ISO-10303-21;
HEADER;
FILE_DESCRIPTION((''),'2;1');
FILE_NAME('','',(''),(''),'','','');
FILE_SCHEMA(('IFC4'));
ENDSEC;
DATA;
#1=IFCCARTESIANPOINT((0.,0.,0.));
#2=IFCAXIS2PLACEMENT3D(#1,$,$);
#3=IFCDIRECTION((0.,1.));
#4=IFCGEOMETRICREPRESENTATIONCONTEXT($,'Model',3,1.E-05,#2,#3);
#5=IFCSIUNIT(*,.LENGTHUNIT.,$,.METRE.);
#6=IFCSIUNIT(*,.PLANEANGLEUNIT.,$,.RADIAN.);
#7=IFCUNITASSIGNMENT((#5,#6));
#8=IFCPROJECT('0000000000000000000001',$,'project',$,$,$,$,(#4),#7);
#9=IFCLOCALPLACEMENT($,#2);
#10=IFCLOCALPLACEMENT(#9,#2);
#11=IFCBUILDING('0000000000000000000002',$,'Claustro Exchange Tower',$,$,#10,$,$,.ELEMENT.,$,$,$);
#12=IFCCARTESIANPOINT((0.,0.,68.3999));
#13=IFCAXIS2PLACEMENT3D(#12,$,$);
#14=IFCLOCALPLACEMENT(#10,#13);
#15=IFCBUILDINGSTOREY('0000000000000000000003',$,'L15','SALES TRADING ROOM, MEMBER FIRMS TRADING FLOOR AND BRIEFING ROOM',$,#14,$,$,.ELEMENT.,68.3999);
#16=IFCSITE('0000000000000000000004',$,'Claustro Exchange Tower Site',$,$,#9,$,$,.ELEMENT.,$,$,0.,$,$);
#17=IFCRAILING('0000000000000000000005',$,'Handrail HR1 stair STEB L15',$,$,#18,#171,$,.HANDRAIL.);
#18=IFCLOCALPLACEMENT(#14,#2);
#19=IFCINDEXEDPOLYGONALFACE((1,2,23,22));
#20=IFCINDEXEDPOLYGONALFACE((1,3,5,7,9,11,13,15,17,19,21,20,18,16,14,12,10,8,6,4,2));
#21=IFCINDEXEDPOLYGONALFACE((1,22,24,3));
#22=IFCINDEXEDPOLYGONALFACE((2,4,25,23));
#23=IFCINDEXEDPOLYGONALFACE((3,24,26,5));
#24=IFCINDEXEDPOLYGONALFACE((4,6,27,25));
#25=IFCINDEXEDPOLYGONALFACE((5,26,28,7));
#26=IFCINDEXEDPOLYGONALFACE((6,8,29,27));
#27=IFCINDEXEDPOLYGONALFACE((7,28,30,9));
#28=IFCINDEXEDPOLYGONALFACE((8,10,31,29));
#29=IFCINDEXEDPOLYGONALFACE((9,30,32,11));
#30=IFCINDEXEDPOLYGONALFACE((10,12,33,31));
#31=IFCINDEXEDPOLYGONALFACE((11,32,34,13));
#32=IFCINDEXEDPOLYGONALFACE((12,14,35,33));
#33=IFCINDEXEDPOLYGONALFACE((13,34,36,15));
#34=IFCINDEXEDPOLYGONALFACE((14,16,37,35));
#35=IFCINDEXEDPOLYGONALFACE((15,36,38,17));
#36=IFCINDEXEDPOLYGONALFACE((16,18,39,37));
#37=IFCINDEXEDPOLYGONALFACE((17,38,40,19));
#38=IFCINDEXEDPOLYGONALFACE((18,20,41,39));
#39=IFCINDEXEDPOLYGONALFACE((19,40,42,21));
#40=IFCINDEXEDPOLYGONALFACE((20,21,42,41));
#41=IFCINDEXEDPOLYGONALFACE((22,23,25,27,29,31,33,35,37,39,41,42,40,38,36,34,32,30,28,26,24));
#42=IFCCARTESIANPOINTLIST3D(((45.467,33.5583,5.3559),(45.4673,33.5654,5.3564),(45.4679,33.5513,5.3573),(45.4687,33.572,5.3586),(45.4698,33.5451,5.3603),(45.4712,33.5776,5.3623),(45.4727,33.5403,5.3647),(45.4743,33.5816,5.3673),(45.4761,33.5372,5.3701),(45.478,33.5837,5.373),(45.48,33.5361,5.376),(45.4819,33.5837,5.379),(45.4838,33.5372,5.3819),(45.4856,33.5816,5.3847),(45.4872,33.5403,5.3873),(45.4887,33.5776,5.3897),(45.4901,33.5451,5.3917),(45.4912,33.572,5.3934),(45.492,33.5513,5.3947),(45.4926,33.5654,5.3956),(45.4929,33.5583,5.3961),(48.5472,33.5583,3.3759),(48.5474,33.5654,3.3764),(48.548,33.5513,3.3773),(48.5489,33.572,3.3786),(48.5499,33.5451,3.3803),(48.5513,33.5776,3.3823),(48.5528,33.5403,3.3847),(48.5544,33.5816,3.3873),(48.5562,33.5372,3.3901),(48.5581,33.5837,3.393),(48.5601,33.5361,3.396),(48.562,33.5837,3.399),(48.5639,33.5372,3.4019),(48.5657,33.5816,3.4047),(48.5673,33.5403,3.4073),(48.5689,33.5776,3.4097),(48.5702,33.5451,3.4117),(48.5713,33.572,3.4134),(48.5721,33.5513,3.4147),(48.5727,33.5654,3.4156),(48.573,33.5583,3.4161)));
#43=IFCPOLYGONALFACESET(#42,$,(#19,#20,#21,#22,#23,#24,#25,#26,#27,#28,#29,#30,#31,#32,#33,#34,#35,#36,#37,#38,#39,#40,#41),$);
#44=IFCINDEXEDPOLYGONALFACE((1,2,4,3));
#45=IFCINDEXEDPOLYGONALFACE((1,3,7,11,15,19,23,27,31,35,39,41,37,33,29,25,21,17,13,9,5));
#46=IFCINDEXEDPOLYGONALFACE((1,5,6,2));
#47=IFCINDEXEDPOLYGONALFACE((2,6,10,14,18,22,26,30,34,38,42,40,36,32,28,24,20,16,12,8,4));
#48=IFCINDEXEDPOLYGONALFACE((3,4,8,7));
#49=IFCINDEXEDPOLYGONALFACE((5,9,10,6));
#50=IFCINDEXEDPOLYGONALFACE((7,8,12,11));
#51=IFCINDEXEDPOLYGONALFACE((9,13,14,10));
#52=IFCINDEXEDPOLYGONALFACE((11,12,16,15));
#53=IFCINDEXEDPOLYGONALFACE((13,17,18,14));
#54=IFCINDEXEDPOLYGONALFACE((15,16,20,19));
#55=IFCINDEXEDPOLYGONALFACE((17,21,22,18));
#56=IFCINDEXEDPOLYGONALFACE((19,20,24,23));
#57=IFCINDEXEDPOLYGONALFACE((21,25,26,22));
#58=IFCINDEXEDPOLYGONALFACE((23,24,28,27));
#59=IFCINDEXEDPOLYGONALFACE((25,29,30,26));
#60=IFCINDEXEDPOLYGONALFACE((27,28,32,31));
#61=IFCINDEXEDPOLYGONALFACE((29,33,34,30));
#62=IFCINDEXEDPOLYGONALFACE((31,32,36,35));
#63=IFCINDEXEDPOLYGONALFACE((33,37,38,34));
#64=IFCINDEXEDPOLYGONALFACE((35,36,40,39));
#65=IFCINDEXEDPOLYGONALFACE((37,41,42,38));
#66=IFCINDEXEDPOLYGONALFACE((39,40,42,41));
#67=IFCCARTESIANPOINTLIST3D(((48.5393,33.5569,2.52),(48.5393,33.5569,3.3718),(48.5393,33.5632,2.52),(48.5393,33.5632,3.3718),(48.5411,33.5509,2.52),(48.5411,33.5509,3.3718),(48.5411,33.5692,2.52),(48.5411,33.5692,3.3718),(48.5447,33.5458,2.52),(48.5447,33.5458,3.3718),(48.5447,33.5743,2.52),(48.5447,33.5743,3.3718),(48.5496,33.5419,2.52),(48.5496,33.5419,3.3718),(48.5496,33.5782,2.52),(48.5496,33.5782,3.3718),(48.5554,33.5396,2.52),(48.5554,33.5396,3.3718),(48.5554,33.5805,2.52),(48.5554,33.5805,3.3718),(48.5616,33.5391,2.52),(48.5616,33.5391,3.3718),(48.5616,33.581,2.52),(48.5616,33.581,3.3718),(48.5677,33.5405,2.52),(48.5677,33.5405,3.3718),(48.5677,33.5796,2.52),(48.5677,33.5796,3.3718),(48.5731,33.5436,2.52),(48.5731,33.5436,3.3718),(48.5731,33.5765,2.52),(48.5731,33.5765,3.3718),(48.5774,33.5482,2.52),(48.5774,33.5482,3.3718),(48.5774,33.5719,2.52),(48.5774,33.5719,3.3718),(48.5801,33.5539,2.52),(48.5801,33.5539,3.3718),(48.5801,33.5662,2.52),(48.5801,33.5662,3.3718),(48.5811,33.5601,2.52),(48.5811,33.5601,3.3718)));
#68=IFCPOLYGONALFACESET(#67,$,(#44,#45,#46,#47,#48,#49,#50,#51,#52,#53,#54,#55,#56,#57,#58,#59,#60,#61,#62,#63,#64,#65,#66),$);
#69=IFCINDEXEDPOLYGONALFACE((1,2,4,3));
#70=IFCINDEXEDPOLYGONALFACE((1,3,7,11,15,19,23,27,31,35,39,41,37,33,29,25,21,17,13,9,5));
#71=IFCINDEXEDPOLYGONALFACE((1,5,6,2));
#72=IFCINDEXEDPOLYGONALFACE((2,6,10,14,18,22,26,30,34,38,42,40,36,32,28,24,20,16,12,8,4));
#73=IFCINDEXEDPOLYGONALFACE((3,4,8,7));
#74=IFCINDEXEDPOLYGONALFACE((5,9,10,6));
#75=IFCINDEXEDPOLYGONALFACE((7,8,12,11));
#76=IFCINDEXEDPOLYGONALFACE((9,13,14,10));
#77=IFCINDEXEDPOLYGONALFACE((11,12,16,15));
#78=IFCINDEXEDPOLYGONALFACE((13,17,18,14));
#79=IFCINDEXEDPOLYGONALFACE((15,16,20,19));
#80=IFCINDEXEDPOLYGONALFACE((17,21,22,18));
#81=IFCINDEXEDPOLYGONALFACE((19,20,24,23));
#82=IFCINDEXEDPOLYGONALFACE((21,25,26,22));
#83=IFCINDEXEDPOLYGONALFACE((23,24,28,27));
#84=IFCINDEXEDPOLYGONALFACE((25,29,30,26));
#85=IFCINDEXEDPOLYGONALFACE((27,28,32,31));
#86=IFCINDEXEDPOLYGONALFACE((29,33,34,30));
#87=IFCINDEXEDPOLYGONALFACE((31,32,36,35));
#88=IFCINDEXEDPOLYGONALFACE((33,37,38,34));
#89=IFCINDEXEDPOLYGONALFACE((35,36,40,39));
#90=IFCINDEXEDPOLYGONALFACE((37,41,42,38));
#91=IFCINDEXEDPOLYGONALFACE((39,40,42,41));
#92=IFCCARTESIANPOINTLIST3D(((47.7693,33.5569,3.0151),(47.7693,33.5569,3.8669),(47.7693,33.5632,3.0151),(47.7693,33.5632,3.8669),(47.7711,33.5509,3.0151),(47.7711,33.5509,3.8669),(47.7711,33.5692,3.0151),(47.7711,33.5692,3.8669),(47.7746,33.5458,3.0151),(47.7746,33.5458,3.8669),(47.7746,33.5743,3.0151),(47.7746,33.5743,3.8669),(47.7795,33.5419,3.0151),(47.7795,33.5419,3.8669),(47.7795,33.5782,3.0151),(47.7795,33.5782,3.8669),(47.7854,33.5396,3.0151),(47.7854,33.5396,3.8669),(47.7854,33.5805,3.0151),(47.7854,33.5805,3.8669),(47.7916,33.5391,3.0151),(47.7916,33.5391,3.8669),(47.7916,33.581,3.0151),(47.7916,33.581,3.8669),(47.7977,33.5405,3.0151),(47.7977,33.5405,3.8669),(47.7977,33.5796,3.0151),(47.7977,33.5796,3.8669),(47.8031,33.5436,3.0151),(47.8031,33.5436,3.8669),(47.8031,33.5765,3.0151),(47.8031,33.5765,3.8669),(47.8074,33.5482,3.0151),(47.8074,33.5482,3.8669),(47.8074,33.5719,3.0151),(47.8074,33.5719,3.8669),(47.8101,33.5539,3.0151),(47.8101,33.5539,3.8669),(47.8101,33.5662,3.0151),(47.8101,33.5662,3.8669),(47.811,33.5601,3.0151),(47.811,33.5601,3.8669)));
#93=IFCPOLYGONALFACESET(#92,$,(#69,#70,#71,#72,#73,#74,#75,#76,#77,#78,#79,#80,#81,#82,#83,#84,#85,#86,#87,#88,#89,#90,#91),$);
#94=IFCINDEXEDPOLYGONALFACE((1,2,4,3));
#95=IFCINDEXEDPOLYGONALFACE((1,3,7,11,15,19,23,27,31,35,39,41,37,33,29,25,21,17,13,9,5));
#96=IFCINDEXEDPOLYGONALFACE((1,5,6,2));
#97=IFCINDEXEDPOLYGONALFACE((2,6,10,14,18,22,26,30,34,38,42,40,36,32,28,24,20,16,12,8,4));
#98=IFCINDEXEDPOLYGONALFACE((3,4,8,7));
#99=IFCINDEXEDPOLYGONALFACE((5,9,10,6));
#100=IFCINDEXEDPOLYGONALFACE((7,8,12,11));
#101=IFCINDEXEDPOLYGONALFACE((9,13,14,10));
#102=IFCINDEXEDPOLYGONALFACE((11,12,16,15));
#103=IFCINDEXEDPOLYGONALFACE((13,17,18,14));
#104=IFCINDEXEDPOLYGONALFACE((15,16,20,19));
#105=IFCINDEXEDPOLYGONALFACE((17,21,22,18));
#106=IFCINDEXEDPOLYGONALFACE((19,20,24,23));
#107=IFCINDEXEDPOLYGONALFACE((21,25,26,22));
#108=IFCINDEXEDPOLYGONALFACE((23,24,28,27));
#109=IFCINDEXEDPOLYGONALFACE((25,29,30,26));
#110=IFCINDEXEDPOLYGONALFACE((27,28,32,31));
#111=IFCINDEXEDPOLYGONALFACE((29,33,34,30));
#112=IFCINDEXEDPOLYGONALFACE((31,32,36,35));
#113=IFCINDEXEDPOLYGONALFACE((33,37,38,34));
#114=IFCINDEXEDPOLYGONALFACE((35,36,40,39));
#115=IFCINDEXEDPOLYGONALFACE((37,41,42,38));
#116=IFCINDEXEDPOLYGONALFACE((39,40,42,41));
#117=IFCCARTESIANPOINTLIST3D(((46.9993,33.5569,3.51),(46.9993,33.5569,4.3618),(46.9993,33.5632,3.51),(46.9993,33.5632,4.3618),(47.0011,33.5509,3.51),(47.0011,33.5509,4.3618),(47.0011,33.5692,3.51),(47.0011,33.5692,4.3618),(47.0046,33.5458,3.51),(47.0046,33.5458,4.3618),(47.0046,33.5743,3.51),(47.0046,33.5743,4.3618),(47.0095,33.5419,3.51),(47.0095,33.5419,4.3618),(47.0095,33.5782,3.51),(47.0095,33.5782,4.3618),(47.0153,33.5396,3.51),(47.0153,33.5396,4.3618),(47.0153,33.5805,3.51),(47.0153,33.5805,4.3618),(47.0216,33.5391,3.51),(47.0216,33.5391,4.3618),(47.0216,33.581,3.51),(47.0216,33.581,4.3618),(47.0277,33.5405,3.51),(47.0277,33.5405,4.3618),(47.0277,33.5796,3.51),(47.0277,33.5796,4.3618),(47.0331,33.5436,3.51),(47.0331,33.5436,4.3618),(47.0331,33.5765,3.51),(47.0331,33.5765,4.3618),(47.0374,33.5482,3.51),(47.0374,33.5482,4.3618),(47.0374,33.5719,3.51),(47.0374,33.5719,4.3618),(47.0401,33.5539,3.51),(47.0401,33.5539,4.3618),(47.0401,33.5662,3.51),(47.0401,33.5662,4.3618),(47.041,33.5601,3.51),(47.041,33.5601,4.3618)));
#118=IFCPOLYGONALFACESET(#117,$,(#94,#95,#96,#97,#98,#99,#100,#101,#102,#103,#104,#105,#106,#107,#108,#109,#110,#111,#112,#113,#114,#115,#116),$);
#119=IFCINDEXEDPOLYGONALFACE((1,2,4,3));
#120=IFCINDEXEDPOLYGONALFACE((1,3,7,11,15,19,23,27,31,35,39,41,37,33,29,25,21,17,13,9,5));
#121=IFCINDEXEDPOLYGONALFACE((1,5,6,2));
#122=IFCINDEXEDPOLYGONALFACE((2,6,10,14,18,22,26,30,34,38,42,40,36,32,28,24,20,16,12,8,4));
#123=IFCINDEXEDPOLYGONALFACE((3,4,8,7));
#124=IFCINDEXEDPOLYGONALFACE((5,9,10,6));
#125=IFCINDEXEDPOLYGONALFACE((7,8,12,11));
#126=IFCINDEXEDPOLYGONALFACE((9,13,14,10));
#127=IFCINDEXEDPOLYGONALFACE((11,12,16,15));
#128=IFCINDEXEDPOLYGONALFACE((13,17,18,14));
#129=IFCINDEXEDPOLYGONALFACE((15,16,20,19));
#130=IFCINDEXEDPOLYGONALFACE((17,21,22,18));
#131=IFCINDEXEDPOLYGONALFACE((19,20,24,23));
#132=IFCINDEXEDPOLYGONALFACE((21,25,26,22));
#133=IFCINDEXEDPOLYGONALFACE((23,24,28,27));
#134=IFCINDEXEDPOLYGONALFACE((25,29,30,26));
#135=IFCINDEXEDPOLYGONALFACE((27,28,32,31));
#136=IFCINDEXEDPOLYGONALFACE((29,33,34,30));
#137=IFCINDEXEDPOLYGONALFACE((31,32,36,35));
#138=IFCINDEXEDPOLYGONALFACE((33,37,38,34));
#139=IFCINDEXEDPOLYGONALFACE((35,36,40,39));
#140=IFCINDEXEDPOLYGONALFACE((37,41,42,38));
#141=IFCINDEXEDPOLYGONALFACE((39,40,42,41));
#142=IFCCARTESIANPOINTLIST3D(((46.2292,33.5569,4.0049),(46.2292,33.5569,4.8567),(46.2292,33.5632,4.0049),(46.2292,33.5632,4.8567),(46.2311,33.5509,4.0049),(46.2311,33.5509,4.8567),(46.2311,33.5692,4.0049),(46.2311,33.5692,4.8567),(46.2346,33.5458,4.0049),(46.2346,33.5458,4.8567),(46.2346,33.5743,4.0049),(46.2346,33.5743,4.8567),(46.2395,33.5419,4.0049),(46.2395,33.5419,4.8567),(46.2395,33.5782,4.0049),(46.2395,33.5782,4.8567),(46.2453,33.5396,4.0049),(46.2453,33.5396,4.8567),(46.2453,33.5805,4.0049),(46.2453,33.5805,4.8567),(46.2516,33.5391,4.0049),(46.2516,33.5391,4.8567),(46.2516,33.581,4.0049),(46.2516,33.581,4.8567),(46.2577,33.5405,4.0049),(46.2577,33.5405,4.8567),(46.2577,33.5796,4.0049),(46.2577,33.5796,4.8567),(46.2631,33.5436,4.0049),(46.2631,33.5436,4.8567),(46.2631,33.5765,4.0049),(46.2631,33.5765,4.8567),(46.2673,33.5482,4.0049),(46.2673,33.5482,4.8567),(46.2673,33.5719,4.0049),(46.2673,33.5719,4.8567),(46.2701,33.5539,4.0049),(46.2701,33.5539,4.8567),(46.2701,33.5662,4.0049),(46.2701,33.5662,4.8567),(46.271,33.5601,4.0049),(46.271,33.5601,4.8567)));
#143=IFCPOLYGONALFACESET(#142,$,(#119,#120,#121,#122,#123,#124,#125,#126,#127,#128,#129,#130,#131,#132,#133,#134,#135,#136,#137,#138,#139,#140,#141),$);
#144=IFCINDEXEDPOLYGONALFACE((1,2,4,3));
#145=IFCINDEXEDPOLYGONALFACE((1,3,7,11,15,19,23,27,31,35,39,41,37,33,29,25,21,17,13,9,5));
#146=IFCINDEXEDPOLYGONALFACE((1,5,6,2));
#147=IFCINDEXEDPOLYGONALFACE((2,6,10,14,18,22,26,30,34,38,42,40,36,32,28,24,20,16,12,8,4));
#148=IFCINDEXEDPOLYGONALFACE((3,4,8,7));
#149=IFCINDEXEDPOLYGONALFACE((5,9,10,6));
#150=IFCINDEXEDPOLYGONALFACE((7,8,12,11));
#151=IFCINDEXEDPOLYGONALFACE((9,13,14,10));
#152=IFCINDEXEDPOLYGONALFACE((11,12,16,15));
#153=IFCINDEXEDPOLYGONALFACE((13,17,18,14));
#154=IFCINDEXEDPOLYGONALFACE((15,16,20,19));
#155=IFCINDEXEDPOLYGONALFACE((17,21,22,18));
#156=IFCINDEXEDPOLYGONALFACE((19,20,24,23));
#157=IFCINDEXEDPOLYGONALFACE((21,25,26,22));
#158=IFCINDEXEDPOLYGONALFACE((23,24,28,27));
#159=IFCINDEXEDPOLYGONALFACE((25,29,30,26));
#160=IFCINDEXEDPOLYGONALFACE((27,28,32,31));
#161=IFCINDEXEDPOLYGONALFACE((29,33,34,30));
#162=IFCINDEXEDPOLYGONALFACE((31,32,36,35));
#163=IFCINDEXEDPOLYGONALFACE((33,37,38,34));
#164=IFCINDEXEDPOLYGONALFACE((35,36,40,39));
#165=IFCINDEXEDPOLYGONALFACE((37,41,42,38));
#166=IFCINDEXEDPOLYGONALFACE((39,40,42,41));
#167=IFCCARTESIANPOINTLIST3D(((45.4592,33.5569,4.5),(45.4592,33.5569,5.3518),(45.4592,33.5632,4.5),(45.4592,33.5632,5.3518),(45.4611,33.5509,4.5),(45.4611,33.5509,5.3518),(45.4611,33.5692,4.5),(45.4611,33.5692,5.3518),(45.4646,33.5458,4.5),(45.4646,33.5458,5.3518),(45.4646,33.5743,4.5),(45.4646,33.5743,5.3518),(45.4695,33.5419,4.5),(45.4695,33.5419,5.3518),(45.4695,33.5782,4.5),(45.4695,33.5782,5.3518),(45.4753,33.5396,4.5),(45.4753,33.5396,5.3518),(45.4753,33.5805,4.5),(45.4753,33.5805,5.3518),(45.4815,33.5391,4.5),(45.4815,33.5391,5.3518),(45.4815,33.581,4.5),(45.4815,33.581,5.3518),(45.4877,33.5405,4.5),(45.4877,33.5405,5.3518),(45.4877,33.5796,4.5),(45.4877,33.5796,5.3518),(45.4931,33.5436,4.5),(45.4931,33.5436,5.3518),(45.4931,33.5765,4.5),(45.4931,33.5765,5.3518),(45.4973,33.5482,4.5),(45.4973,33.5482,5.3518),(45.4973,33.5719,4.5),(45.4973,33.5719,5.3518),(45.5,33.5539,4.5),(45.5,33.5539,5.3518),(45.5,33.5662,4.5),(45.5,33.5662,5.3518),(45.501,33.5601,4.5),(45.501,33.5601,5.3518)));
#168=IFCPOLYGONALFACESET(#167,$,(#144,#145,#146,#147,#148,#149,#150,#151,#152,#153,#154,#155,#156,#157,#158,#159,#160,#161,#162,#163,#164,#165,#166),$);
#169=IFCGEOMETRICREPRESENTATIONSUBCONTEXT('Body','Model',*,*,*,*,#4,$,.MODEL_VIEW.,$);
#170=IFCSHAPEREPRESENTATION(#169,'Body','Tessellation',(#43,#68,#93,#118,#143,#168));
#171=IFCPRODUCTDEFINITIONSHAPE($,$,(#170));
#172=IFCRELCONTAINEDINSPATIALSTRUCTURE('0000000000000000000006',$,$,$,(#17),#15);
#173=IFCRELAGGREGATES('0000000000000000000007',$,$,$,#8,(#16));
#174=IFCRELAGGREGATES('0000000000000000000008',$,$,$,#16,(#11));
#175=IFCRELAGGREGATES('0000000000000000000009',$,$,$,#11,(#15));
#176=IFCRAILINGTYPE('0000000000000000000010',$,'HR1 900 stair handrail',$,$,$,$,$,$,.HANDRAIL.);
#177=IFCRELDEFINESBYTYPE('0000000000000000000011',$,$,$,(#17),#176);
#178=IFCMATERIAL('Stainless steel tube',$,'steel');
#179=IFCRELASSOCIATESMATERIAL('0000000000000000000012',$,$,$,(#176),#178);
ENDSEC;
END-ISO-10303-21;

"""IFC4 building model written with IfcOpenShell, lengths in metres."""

from ifc_helpers import new_model, si_unit, direction, frame, origin, origin_2d, place, context, subcontext, project, spatial, circle, extrude, material, type_object, element, save


model = new_model("IFC4")

# Units and contexts
model_context = context("Model", 3, precision=1e-05, world=origin(), true_north=direction((0.0, 1.0)))
body_context = subcontext(model_context, "Body", "Model", "MODEL_VIEW")
ifc_project = project(units=[si_unit("LENGTHUNIT", "METRE"), si_unit("PLANEANGLEUNIT", "RADIAN")], contexts=[model_context])

# Site, building, storey
site_placement = place(None, origin())
site = spatial("IfcSite", under=ifc_project, at=site_placement, Name="Claustro Exchange Tower Site", CompositionType="ELEMENT", RefElevation=0.0)
building_placement = place(site_placement, origin())
building = spatial("IfcBuilding", under=site, at=building_placement, Name="Claustro Exchange Tower", CompositionType="ELEMENT")
storey_placement = place(building_placement, frame((0.0, 0.0, 68.3999)))
storey = spatial("IfcBuildingStorey", under=building, at=storey_placement, Name="L15", Description="SALES TRADING ROOM, MEMBER FIRMS TRADING FLOOR AND BRIEFING ROOM", CompositionType="ELEMENT", Elevation=68.3999)

# Railing
ifc_material_1 = material(Name="Stainless steel tube", Category="steel")
railing_type_1 = type_object("IfcRailingType", Name="HR1 900 stair handrail", PredefinedType="HANDRAIL", material=ifc_material_1)
railing_1_placement = place(storey_placement, frame((48.5601, 33.5601, 2.52)))
element("IfcRailing", 1, at=railing_1_placement, inside=storey, type_object=railing_type_1, Name="Handrail HR1 stair STEB L15", PredefinedType="HANDRAIL", context=body_context, shape_type="SweptSolid", body=[
    extrude(circle(Radius=0.0239, at=origin_2d()), frame((0.0, 0.0, 0.876), z_axis=(-0.841187, 0.0, 0.540744), x_axis=(0.0, -1.0, 0.0)), (0.0, 0.0, 1.0), 3.6616),
    extrude(circle(Radius=0.021, at=origin_2d()), origin(), (0.0, 0.0, 1.0), 0.8518),
    extrude(circle(Radius=0.021, at=origin_2d()), frame((-0.77, 0.0, 0.4951)), (0.0, 0.0, 1.0), 0.8518),
    extrude(circle(Radius=0.021, at=origin_2d()), frame((-1.54, 0.0, 0.99)), (0.0, 0.0, 1.0), 0.8518),
    extrude(circle(Radius=0.021, at=origin_2d()), frame((-2.3101, 0.0, 1.4849)), (0.0, 0.0, 1.0), 0.8518),
    extrude(circle(Radius=0.021, at=origin_2d()), frame((-3.0801, 0.0, 1.98)), (0.0, 0.0, 1.0), 0.8518),
])

save(model, "model.ifc")
